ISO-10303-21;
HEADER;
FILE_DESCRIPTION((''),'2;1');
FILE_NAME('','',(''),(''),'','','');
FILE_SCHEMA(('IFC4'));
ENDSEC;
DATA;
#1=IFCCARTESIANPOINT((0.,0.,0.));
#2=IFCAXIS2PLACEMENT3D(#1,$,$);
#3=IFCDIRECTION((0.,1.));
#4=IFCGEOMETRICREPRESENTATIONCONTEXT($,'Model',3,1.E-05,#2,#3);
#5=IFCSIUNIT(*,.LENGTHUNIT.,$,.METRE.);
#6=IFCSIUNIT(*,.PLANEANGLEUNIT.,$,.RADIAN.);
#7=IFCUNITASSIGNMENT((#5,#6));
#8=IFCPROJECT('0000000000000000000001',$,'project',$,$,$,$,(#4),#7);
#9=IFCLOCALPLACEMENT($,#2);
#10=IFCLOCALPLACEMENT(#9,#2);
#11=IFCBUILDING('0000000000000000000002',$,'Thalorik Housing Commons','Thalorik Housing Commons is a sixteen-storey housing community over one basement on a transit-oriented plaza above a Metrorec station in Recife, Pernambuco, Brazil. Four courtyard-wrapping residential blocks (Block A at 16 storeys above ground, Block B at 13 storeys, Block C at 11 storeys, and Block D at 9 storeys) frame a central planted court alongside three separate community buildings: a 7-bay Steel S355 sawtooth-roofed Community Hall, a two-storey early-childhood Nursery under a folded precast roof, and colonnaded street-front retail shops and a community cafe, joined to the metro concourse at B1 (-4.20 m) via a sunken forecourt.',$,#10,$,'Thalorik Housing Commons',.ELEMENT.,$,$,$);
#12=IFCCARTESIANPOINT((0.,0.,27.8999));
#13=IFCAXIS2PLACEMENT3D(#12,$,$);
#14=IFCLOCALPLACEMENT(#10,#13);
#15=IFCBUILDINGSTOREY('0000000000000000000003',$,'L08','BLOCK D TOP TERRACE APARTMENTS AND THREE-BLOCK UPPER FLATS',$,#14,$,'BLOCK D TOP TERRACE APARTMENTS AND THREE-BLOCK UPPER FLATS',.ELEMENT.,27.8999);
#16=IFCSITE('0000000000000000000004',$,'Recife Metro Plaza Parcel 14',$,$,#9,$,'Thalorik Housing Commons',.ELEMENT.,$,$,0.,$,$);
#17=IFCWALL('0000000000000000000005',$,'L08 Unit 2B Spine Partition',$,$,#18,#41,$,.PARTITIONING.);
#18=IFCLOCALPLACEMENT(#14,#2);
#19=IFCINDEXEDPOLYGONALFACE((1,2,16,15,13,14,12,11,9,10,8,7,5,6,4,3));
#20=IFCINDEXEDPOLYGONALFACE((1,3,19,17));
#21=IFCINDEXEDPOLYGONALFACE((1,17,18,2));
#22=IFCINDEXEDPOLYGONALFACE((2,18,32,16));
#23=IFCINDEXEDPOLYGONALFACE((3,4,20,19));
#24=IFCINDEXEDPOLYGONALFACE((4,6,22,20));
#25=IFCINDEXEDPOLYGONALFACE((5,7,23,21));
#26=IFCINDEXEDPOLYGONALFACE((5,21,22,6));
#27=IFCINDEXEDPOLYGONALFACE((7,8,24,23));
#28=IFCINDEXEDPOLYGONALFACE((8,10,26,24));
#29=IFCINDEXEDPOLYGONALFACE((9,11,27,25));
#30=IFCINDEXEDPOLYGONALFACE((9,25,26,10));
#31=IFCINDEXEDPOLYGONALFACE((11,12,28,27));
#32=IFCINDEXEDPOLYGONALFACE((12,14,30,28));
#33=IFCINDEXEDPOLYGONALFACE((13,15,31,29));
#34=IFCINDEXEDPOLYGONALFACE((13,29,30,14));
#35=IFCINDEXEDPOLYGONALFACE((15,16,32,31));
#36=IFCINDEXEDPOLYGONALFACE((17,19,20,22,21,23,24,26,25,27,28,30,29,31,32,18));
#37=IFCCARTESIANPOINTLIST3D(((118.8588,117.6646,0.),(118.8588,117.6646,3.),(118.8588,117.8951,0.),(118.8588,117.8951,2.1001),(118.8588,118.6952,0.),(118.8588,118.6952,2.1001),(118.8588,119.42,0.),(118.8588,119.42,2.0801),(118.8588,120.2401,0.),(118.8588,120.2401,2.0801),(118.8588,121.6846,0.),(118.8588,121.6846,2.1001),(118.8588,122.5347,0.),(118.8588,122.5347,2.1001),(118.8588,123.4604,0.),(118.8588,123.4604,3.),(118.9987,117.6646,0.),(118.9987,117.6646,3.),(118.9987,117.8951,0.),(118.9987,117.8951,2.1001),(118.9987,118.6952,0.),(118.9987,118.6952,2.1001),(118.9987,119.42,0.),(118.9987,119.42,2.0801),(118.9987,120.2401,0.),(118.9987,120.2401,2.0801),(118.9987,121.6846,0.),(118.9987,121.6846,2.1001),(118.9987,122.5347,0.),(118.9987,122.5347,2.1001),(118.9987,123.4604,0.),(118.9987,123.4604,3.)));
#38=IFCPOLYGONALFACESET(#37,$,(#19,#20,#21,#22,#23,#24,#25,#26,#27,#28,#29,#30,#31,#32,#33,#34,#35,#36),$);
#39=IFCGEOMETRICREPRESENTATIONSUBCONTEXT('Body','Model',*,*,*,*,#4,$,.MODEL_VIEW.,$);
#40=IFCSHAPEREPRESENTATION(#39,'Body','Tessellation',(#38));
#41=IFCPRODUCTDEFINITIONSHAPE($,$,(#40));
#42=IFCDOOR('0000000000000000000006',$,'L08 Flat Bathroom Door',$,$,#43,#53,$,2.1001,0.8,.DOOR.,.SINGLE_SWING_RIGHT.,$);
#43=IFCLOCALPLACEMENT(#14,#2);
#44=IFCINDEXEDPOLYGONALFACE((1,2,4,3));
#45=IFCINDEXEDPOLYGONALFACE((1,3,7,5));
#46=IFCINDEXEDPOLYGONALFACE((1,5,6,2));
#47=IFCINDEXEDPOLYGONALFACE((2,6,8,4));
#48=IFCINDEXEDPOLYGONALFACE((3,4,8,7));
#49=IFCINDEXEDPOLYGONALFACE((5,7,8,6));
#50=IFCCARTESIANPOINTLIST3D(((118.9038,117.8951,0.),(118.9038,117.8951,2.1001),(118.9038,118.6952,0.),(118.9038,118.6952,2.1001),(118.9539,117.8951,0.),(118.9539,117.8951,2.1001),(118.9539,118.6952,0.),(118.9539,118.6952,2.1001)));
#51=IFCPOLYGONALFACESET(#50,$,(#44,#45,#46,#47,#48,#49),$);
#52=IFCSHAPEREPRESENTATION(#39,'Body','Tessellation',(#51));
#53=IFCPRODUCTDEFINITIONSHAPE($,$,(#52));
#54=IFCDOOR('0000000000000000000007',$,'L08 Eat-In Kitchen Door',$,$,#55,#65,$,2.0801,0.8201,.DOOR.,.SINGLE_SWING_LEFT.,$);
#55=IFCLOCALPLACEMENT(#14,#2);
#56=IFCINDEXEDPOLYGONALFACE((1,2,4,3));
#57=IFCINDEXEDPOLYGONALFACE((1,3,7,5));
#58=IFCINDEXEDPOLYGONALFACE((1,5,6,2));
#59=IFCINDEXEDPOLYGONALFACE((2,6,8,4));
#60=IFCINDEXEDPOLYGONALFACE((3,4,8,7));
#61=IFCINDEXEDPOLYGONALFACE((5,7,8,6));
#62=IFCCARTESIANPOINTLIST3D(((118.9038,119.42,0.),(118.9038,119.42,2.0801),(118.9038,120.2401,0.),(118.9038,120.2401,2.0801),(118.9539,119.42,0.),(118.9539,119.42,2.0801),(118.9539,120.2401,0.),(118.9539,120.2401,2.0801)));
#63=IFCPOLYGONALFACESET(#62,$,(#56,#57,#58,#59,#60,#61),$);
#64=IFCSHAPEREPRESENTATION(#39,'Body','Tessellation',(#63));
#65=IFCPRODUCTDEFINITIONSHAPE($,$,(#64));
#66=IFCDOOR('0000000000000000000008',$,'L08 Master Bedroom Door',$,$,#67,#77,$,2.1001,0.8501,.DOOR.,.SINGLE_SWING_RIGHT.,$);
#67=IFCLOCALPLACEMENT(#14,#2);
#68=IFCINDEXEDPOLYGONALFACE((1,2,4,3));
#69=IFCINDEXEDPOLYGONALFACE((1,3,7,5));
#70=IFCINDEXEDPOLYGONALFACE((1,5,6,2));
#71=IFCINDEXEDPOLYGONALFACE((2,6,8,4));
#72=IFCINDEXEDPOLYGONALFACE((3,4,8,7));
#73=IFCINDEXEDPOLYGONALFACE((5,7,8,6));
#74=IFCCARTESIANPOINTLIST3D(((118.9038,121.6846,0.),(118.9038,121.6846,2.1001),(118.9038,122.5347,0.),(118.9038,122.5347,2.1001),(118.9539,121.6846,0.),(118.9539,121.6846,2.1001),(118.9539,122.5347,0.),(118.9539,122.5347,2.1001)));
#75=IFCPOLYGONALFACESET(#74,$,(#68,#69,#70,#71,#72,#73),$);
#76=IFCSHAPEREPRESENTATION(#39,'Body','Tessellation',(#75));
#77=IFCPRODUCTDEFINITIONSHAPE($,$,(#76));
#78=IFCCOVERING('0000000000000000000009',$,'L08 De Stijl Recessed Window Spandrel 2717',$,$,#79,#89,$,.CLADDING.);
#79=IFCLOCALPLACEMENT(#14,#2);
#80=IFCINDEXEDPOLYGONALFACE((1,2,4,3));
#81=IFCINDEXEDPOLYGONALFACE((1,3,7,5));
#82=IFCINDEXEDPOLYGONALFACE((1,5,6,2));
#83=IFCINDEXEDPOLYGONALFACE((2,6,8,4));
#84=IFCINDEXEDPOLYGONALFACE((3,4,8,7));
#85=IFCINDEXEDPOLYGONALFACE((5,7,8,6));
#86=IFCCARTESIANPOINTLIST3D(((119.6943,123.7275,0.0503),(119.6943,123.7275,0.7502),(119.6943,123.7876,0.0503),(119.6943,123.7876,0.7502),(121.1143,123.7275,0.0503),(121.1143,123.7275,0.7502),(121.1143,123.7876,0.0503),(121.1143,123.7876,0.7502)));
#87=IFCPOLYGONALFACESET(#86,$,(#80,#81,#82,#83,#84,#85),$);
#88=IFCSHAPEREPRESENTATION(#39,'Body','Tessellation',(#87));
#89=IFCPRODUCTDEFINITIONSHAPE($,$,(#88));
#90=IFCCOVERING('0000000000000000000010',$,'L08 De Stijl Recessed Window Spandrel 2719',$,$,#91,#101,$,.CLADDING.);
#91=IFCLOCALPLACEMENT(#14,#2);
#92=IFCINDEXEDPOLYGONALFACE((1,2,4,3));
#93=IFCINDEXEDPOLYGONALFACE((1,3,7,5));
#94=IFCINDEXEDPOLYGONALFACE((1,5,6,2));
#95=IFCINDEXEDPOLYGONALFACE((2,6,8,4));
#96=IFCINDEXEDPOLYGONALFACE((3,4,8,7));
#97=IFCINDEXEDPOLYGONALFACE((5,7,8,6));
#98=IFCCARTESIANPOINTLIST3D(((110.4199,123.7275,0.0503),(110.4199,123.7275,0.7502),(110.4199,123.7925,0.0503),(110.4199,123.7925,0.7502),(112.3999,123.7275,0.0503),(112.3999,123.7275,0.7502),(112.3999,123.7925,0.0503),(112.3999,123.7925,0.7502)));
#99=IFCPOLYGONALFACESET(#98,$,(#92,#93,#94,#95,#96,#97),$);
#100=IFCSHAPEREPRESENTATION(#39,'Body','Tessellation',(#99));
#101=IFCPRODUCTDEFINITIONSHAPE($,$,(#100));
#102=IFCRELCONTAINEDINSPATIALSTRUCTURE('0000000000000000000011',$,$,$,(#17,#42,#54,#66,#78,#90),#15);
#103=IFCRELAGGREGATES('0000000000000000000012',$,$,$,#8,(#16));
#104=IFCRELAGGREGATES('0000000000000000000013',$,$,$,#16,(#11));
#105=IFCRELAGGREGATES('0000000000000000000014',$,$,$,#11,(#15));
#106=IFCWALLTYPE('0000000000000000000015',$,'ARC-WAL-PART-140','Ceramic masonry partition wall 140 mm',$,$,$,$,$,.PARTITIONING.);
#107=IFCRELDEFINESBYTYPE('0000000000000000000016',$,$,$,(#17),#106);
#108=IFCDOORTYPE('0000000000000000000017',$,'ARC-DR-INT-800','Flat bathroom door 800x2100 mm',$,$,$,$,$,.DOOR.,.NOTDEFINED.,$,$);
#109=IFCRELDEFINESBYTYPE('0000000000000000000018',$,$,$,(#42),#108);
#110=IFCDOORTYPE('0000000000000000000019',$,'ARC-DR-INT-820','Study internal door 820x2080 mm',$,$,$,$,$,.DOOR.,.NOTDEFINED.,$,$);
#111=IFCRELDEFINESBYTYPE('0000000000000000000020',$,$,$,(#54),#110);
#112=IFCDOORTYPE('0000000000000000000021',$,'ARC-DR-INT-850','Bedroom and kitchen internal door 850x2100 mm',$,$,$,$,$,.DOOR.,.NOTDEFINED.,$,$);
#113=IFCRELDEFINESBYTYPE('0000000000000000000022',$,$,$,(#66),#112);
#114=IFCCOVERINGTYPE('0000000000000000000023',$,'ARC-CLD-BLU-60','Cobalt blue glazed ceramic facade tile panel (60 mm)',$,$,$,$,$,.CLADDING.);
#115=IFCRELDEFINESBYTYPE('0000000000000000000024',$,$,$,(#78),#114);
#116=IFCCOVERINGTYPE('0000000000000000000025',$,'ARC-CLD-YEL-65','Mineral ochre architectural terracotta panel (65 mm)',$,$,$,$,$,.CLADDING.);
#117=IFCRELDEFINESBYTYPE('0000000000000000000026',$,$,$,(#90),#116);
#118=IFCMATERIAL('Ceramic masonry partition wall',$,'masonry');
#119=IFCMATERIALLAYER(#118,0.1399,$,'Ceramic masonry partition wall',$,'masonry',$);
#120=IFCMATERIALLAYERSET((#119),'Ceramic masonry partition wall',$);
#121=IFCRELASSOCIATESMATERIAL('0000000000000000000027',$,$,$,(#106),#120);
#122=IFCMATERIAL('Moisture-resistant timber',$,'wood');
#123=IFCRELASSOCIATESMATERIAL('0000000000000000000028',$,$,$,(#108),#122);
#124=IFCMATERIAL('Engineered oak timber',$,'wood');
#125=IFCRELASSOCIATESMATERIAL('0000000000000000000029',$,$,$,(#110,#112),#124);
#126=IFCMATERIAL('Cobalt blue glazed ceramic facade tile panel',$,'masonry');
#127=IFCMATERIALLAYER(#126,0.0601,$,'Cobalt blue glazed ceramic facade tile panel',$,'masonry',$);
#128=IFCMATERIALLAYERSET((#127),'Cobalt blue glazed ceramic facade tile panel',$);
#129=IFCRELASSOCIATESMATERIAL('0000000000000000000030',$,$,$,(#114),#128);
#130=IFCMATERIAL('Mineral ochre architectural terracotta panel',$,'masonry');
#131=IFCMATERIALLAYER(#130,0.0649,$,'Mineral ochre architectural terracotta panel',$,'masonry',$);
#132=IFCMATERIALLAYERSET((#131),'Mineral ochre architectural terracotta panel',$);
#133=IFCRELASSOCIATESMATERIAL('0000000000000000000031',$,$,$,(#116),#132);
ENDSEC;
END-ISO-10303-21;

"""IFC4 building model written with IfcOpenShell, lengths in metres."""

from ifc_helpers import new_model, si_unit, direction, frame, frame_2d, origin, origin_2d, place, context, subcontext, project, spatial, rectangle, extrude, material, layer, layer_set, type_object, element, fill, save


model = new_model("IFC4")

# Units and contexts
model_context = context("Model", 3, precision=1e-05, world=origin(), true_north=direction((0.0, 1.0)))
body_context = subcontext(model_context, "Body", "Model", "MODEL_VIEW")
ifc_project = project(units=[si_unit("LENGTHUNIT", "METRE"), si_unit("PLANEANGLEUNIT", "RADIAN")], contexts=[model_context])

# Site, building, storey
site_placement = place(None, origin())
site = spatial("IfcSite", under=ifc_project, at=site_placement, Name="Recife Metro Plaza Parcel 14", LongName="Thalorik Housing Commons", CompositionType="ELEMENT", RefElevation=0.0)
building_placement = place(site_placement, origin())
building = spatial("IfcBuilding", under=site, at=building_placement, Name="Thalorik Housing Commons", Description="Thalorik Housing Commons is a sixteen-storey housing community over one basement on a transit-oriented plaza above a Metrorec station in Recife, Pernambuco, Brazil. Four courtyard-wrapping residential blocks (Block A at 16 storeys above ground, Block B at 13 storeys, Block C at 11 storeys, and Block D at 9 storeys) frame a central planted court alongside three separate community buildings: a 7-bay Steel S355 sawtooth-roofed Community Hall, a two-storey early-childhood Nursery under a folded precast roof, and colonnaded street-front retail shops and a community cafe, joined to the metro concourse at B1 (-4.20 m) via a sunken forecourt.", LongName="Thalorik Housing Commons", CompositionType="ELEMENT")
storey_placement = place(building_placement, frame((0.0, 0.0, 27.8999)))
storey = spatial("IfcBuildingStorey", under=building, at=storey_placement, Name="L08", Description="BLOCK D TOP TERRACE APARTMENTS AND THREE-BLOCK UPPER FLATS", LongName="BLOCK D TOP TERRACE APARTMENTS AND THREE-BLOCK UPPER FLATS", CompositionType="ELEMENT", Elevation=27.8999)

# Wall, openings, doors
ifc_material_1 = material(Name="Ceramic masonry partition wall", Category="masonry")
ifc_layer_1 = layer(ifc_material_1, 0.1399, Name="Ceramic masonry partition wall", Category="masonry")
ifc_layer_set_1 = layer_set([ifc_layer_1], Name="Ceramic masonry partition wall")
wall_type_1 = type_object("IfcWallType", Name="ARC-WAL-PART-140", Description="Ceramic masonry partition wall 140 mm", PredefinedType="PARTITIONING", material=ifc_layer_set_1)
wall_1_placement = place(storey_placement, frame((118.9287, 117.6646, 0.0), z_axis=(0.0, 0.0, 1.0), x_axis=(0.0, 1.0, 0.0)))
wall_1 = element("IfcWall", 1, at=wall_1_placement, inside=storey, type_object=wall_type_1, Name="L08 Unit 2B Spine Partition", PredefinedType="PARTITIONING", context=body_context, shape_type="SweptSolid", body=[
    extrude(rectangle(XDim=5.7959, YDim=0.1399, at=frame_2d((2.8979, 0.0))), origin(), (0.0, 0.0, 1.0), 3.0),
])
opening_1_placement = place(wall_1_placement, frame((0.2307, 0.0, 0.0)))
opening_1 = element("IfcOpeningElement", 2, at=opening_1_placement, cuts=wall_1, PredefinedType="OPENING", context=body_context, shape_type="SweptSolid", body=[
    extrude(rectangle(XDim=0.8, YDim=2.1001, at=frame_2d((0.3999, 1.05))), frame((0.0, 0.0801, 0.0), z_axis=(0.0, -1.0, 0.0), x_axis=(1.0, 0.0, 0.0)), (0.0, 0.0, 1.0), 0.1599),
])
opening_2_placement = place(wall_1_placement, frame((1.7554, 0.0, 0.0)))
opening_2 = element("IfcOpeningElement", 3, at=opening_2_placement, cuts=wall_1, PredefinedType="OPENING", context=body_context, shape_type="SweptSolid", body=[
    extrude(rectangle(XDim=0.8201, YDim=2.0801, at=frame_2d((0.4102, 1.04))), frame((0.0, 0.0801, 0.0), z_axis=(0.0, -1.0, 0.0), x_axis=(1.0, 0.0, 0.0)), (0.0, 0.0, 1.0), 0.1599),
])
opening_3_placement = place(wall_1_placement, frame((4.02, 0.0, 0.0)))
opening_3 = element("IfcOpeningElement", 4, at=opening_3_placement, cuts=wall_1, PredefinedType="OPENING", context=body_context, shape_type="SweptSolid", body=[
    extrude(rectangle(XDim=0.8501, YDim=2.1001, at=frame_2d((0.425, 1.05))), frame((0.0, 0.0801, 0.0), z_axis=(0.0, -1.0, 0.0), x_axis=(1.0, 0.0, 0.0)), (0.0, 0.0, 1.0), 0.1599),
])
ifc_material_2 = material(Name="Moisture-resistant timber", Category="wood")
door_type_1 = type_object("IfcDoorType", Name="ARC-DR-INT-800", Description="Flat bathroom door 800x2100 mm", OperationType="NOTDEFINED", PredefinedType="DOOR", material=ifc_material_2)
door_1_placement = place(opening_1_placement, origin())
door_1 = element("IfcDoor", 5, at=door_1_placement, inside=storey, type_object=door_type_1, Name="L08 Flat Bathroom Door", OperationType="SINGLE_SWING_RIGHT", OverallHeight=2.1001, OverallWidth=0.8, PredefinedType="DOOR", context=body_context, shape_type="SweptSolid", body=[
    extrude(rectangle(XDim=0.8, YDim=2.1001, at=frame_2d((0.3999, 1.05))), frame((0.0, 0.0249, 0.0), z_axis=(0.0, -1.0, 0.0), x_axis=(1.0, 0.0, 0.0)), (0.0, 0.0, 1.0), 0.05),
])
fill(opening_1, door_1)
ifc_material_3 = material(Name="Engineered oak timber", Category="wood")
door_type_2 = type_object("IfcDoorType", Name="ARC-DR-INT-820", Description="Study internal door 820x2080 mm", OperationType="NOTDEFINED", PredefinedType="DOOR", material=ifc_material_3)
door_2_placement = place(opening_2_placement, origin())
door_2 = element("IfcDoor", 6, at=door_2_placement, inside=storey, type_object=door_type_2, Name="L08 Eat-In Kitchen Door", OperationType="SINGLE_SWING_LEFT", OverallHeight=2.0801, OverallWidth=0.8201, PredefinedType="DOOR", context=body_context, shape_type="SweptSolid", body=[
    extrude(rectangle(XDim=0.8201, YDim=2.0801, at=frame_2d((0.4102, 1.04))), frame((0.0, 0.0249, 0.0), z_axis=(0.0, -1.0, 0.0), x_axis=(1.0, 0.0, 0.0)), (0.0, 0.0, 1.0), 0.05),
])
fill(opening_2, door_2)
door_type_3 = type_object("IfcDoorType", Name="ARC-DR-INT-850", Description="Bedroom and kitchen internal door 850x2100 mm", OperationType="NOTDEFINED", PredefinedType="DOOR", material=ifc_material_3)
door_3_placement = place(opening_3_placement, origin())
door_3 = element("IfcDoor", 7, at=door_3_placement, inside=storey, type_object=door_type_3, Name="L08 Master Bedroom Door", OperationType="SINGLE_SWING_RIGHT", OverallHeight=2.1001, OverallWidth=0.8501, PredefinedType="DOOR", context=body_context, shape_type="SweptSolid", body=[
    extrude(rectangle(XDim=0.8501, YDim=2.1001, at=frame_2d((0.425, 1.05))), frame((0.0, 0.0249, 0.0), z_axis=(0.0, -1.0, 0.0), x_axis=(1.0, 0.0, 0.0)), (0.0, 0.0, 1.0), 0.05),
])
fill(opening_3, door_3)

# Coverings
ifc_material_4 = material(Name="Cobalt blue glazed ceramic facade tile panel", Category="masonry")
ifc_layer_2 = layer(ifc_material_4, 0.0601, Name="Cobalt blue glazed ceramic facade tile panel", Category="masonry")
ifc_layer_set_2 = layer_set([ifc_layer_2], Name="Cobalt blue glazed ceramic facade tile panel")
covering_type_1 = type_object("IfcCoveringType", Name="ARC-CLD-BLU-60", Description="Cobalt blue glazed ceramic facade tile panel (60 mm)", PredefinedType="CLADDING", material=ifc_layer_set_2)
covering_1_placement = place(storey_placement, frame((120.4043, 123.7576, 0.0503), z_axis=(0.0, 0.0, 1.0), x_axis=(-1.0, 0.0, 0.0)))
element("IfcCovering", 8, at=covering_1_placement, inside=storey, type_object=covering_type_1, Name="L08 De Stijl Recessed Window Spandrel 2717", PredefinedType="CLADDING", context=body_context, shape_type="SweptSolid", body=[
    extrude(rectangle(XDim=1.4199, YDim=0.0601, at=origin_2d()), origin(), (0.0, 0.0, 1.0), 0.7),
])
ifc_material_5 = material(Name="Mineral ochre architectural terracotta panel", Category="masonry")
ifc_layer_3 = layer(ifc_material_5, 0.0649, Name="Mineral ochre architectural terracotta panel", Category="masonry")
ifc_layer_set_3 = layer_set([ifc_layer_3], Name="Mineral ochre architectural terracotta panel")
covering_type_2 = type_object("IfcCoveringType", Name="ARC-CLD-YEL-65", Description="Mineral ochre architectural terracotta panel (65 mm)", PredefinedType="CLADDING", material=ifc_layer_set_3)
covering_2_placement = place(storey_placement, frame((111.4099, 123.76, 0.0503), z_axis=(0.0, 0.0, 1.0), x_axis=(-1.0, 0.0, 0.0)))
element("IfcCovering", 9, at=covering_2_placement, inside=storey, type_object=covering_type_2, Name="L08 De Stijl Recessed Window Spandrel 2719", PredefinedType="CLADDING", context=body_context, shape_type="SweptSolid", body=[
    extrude(rectangle(XDim=1.98, YDim=0.0649, at=origin_2d()), origin(), (0.0, 0.0, 1.0), 0.7),
])

save(model, "model.ifc")
